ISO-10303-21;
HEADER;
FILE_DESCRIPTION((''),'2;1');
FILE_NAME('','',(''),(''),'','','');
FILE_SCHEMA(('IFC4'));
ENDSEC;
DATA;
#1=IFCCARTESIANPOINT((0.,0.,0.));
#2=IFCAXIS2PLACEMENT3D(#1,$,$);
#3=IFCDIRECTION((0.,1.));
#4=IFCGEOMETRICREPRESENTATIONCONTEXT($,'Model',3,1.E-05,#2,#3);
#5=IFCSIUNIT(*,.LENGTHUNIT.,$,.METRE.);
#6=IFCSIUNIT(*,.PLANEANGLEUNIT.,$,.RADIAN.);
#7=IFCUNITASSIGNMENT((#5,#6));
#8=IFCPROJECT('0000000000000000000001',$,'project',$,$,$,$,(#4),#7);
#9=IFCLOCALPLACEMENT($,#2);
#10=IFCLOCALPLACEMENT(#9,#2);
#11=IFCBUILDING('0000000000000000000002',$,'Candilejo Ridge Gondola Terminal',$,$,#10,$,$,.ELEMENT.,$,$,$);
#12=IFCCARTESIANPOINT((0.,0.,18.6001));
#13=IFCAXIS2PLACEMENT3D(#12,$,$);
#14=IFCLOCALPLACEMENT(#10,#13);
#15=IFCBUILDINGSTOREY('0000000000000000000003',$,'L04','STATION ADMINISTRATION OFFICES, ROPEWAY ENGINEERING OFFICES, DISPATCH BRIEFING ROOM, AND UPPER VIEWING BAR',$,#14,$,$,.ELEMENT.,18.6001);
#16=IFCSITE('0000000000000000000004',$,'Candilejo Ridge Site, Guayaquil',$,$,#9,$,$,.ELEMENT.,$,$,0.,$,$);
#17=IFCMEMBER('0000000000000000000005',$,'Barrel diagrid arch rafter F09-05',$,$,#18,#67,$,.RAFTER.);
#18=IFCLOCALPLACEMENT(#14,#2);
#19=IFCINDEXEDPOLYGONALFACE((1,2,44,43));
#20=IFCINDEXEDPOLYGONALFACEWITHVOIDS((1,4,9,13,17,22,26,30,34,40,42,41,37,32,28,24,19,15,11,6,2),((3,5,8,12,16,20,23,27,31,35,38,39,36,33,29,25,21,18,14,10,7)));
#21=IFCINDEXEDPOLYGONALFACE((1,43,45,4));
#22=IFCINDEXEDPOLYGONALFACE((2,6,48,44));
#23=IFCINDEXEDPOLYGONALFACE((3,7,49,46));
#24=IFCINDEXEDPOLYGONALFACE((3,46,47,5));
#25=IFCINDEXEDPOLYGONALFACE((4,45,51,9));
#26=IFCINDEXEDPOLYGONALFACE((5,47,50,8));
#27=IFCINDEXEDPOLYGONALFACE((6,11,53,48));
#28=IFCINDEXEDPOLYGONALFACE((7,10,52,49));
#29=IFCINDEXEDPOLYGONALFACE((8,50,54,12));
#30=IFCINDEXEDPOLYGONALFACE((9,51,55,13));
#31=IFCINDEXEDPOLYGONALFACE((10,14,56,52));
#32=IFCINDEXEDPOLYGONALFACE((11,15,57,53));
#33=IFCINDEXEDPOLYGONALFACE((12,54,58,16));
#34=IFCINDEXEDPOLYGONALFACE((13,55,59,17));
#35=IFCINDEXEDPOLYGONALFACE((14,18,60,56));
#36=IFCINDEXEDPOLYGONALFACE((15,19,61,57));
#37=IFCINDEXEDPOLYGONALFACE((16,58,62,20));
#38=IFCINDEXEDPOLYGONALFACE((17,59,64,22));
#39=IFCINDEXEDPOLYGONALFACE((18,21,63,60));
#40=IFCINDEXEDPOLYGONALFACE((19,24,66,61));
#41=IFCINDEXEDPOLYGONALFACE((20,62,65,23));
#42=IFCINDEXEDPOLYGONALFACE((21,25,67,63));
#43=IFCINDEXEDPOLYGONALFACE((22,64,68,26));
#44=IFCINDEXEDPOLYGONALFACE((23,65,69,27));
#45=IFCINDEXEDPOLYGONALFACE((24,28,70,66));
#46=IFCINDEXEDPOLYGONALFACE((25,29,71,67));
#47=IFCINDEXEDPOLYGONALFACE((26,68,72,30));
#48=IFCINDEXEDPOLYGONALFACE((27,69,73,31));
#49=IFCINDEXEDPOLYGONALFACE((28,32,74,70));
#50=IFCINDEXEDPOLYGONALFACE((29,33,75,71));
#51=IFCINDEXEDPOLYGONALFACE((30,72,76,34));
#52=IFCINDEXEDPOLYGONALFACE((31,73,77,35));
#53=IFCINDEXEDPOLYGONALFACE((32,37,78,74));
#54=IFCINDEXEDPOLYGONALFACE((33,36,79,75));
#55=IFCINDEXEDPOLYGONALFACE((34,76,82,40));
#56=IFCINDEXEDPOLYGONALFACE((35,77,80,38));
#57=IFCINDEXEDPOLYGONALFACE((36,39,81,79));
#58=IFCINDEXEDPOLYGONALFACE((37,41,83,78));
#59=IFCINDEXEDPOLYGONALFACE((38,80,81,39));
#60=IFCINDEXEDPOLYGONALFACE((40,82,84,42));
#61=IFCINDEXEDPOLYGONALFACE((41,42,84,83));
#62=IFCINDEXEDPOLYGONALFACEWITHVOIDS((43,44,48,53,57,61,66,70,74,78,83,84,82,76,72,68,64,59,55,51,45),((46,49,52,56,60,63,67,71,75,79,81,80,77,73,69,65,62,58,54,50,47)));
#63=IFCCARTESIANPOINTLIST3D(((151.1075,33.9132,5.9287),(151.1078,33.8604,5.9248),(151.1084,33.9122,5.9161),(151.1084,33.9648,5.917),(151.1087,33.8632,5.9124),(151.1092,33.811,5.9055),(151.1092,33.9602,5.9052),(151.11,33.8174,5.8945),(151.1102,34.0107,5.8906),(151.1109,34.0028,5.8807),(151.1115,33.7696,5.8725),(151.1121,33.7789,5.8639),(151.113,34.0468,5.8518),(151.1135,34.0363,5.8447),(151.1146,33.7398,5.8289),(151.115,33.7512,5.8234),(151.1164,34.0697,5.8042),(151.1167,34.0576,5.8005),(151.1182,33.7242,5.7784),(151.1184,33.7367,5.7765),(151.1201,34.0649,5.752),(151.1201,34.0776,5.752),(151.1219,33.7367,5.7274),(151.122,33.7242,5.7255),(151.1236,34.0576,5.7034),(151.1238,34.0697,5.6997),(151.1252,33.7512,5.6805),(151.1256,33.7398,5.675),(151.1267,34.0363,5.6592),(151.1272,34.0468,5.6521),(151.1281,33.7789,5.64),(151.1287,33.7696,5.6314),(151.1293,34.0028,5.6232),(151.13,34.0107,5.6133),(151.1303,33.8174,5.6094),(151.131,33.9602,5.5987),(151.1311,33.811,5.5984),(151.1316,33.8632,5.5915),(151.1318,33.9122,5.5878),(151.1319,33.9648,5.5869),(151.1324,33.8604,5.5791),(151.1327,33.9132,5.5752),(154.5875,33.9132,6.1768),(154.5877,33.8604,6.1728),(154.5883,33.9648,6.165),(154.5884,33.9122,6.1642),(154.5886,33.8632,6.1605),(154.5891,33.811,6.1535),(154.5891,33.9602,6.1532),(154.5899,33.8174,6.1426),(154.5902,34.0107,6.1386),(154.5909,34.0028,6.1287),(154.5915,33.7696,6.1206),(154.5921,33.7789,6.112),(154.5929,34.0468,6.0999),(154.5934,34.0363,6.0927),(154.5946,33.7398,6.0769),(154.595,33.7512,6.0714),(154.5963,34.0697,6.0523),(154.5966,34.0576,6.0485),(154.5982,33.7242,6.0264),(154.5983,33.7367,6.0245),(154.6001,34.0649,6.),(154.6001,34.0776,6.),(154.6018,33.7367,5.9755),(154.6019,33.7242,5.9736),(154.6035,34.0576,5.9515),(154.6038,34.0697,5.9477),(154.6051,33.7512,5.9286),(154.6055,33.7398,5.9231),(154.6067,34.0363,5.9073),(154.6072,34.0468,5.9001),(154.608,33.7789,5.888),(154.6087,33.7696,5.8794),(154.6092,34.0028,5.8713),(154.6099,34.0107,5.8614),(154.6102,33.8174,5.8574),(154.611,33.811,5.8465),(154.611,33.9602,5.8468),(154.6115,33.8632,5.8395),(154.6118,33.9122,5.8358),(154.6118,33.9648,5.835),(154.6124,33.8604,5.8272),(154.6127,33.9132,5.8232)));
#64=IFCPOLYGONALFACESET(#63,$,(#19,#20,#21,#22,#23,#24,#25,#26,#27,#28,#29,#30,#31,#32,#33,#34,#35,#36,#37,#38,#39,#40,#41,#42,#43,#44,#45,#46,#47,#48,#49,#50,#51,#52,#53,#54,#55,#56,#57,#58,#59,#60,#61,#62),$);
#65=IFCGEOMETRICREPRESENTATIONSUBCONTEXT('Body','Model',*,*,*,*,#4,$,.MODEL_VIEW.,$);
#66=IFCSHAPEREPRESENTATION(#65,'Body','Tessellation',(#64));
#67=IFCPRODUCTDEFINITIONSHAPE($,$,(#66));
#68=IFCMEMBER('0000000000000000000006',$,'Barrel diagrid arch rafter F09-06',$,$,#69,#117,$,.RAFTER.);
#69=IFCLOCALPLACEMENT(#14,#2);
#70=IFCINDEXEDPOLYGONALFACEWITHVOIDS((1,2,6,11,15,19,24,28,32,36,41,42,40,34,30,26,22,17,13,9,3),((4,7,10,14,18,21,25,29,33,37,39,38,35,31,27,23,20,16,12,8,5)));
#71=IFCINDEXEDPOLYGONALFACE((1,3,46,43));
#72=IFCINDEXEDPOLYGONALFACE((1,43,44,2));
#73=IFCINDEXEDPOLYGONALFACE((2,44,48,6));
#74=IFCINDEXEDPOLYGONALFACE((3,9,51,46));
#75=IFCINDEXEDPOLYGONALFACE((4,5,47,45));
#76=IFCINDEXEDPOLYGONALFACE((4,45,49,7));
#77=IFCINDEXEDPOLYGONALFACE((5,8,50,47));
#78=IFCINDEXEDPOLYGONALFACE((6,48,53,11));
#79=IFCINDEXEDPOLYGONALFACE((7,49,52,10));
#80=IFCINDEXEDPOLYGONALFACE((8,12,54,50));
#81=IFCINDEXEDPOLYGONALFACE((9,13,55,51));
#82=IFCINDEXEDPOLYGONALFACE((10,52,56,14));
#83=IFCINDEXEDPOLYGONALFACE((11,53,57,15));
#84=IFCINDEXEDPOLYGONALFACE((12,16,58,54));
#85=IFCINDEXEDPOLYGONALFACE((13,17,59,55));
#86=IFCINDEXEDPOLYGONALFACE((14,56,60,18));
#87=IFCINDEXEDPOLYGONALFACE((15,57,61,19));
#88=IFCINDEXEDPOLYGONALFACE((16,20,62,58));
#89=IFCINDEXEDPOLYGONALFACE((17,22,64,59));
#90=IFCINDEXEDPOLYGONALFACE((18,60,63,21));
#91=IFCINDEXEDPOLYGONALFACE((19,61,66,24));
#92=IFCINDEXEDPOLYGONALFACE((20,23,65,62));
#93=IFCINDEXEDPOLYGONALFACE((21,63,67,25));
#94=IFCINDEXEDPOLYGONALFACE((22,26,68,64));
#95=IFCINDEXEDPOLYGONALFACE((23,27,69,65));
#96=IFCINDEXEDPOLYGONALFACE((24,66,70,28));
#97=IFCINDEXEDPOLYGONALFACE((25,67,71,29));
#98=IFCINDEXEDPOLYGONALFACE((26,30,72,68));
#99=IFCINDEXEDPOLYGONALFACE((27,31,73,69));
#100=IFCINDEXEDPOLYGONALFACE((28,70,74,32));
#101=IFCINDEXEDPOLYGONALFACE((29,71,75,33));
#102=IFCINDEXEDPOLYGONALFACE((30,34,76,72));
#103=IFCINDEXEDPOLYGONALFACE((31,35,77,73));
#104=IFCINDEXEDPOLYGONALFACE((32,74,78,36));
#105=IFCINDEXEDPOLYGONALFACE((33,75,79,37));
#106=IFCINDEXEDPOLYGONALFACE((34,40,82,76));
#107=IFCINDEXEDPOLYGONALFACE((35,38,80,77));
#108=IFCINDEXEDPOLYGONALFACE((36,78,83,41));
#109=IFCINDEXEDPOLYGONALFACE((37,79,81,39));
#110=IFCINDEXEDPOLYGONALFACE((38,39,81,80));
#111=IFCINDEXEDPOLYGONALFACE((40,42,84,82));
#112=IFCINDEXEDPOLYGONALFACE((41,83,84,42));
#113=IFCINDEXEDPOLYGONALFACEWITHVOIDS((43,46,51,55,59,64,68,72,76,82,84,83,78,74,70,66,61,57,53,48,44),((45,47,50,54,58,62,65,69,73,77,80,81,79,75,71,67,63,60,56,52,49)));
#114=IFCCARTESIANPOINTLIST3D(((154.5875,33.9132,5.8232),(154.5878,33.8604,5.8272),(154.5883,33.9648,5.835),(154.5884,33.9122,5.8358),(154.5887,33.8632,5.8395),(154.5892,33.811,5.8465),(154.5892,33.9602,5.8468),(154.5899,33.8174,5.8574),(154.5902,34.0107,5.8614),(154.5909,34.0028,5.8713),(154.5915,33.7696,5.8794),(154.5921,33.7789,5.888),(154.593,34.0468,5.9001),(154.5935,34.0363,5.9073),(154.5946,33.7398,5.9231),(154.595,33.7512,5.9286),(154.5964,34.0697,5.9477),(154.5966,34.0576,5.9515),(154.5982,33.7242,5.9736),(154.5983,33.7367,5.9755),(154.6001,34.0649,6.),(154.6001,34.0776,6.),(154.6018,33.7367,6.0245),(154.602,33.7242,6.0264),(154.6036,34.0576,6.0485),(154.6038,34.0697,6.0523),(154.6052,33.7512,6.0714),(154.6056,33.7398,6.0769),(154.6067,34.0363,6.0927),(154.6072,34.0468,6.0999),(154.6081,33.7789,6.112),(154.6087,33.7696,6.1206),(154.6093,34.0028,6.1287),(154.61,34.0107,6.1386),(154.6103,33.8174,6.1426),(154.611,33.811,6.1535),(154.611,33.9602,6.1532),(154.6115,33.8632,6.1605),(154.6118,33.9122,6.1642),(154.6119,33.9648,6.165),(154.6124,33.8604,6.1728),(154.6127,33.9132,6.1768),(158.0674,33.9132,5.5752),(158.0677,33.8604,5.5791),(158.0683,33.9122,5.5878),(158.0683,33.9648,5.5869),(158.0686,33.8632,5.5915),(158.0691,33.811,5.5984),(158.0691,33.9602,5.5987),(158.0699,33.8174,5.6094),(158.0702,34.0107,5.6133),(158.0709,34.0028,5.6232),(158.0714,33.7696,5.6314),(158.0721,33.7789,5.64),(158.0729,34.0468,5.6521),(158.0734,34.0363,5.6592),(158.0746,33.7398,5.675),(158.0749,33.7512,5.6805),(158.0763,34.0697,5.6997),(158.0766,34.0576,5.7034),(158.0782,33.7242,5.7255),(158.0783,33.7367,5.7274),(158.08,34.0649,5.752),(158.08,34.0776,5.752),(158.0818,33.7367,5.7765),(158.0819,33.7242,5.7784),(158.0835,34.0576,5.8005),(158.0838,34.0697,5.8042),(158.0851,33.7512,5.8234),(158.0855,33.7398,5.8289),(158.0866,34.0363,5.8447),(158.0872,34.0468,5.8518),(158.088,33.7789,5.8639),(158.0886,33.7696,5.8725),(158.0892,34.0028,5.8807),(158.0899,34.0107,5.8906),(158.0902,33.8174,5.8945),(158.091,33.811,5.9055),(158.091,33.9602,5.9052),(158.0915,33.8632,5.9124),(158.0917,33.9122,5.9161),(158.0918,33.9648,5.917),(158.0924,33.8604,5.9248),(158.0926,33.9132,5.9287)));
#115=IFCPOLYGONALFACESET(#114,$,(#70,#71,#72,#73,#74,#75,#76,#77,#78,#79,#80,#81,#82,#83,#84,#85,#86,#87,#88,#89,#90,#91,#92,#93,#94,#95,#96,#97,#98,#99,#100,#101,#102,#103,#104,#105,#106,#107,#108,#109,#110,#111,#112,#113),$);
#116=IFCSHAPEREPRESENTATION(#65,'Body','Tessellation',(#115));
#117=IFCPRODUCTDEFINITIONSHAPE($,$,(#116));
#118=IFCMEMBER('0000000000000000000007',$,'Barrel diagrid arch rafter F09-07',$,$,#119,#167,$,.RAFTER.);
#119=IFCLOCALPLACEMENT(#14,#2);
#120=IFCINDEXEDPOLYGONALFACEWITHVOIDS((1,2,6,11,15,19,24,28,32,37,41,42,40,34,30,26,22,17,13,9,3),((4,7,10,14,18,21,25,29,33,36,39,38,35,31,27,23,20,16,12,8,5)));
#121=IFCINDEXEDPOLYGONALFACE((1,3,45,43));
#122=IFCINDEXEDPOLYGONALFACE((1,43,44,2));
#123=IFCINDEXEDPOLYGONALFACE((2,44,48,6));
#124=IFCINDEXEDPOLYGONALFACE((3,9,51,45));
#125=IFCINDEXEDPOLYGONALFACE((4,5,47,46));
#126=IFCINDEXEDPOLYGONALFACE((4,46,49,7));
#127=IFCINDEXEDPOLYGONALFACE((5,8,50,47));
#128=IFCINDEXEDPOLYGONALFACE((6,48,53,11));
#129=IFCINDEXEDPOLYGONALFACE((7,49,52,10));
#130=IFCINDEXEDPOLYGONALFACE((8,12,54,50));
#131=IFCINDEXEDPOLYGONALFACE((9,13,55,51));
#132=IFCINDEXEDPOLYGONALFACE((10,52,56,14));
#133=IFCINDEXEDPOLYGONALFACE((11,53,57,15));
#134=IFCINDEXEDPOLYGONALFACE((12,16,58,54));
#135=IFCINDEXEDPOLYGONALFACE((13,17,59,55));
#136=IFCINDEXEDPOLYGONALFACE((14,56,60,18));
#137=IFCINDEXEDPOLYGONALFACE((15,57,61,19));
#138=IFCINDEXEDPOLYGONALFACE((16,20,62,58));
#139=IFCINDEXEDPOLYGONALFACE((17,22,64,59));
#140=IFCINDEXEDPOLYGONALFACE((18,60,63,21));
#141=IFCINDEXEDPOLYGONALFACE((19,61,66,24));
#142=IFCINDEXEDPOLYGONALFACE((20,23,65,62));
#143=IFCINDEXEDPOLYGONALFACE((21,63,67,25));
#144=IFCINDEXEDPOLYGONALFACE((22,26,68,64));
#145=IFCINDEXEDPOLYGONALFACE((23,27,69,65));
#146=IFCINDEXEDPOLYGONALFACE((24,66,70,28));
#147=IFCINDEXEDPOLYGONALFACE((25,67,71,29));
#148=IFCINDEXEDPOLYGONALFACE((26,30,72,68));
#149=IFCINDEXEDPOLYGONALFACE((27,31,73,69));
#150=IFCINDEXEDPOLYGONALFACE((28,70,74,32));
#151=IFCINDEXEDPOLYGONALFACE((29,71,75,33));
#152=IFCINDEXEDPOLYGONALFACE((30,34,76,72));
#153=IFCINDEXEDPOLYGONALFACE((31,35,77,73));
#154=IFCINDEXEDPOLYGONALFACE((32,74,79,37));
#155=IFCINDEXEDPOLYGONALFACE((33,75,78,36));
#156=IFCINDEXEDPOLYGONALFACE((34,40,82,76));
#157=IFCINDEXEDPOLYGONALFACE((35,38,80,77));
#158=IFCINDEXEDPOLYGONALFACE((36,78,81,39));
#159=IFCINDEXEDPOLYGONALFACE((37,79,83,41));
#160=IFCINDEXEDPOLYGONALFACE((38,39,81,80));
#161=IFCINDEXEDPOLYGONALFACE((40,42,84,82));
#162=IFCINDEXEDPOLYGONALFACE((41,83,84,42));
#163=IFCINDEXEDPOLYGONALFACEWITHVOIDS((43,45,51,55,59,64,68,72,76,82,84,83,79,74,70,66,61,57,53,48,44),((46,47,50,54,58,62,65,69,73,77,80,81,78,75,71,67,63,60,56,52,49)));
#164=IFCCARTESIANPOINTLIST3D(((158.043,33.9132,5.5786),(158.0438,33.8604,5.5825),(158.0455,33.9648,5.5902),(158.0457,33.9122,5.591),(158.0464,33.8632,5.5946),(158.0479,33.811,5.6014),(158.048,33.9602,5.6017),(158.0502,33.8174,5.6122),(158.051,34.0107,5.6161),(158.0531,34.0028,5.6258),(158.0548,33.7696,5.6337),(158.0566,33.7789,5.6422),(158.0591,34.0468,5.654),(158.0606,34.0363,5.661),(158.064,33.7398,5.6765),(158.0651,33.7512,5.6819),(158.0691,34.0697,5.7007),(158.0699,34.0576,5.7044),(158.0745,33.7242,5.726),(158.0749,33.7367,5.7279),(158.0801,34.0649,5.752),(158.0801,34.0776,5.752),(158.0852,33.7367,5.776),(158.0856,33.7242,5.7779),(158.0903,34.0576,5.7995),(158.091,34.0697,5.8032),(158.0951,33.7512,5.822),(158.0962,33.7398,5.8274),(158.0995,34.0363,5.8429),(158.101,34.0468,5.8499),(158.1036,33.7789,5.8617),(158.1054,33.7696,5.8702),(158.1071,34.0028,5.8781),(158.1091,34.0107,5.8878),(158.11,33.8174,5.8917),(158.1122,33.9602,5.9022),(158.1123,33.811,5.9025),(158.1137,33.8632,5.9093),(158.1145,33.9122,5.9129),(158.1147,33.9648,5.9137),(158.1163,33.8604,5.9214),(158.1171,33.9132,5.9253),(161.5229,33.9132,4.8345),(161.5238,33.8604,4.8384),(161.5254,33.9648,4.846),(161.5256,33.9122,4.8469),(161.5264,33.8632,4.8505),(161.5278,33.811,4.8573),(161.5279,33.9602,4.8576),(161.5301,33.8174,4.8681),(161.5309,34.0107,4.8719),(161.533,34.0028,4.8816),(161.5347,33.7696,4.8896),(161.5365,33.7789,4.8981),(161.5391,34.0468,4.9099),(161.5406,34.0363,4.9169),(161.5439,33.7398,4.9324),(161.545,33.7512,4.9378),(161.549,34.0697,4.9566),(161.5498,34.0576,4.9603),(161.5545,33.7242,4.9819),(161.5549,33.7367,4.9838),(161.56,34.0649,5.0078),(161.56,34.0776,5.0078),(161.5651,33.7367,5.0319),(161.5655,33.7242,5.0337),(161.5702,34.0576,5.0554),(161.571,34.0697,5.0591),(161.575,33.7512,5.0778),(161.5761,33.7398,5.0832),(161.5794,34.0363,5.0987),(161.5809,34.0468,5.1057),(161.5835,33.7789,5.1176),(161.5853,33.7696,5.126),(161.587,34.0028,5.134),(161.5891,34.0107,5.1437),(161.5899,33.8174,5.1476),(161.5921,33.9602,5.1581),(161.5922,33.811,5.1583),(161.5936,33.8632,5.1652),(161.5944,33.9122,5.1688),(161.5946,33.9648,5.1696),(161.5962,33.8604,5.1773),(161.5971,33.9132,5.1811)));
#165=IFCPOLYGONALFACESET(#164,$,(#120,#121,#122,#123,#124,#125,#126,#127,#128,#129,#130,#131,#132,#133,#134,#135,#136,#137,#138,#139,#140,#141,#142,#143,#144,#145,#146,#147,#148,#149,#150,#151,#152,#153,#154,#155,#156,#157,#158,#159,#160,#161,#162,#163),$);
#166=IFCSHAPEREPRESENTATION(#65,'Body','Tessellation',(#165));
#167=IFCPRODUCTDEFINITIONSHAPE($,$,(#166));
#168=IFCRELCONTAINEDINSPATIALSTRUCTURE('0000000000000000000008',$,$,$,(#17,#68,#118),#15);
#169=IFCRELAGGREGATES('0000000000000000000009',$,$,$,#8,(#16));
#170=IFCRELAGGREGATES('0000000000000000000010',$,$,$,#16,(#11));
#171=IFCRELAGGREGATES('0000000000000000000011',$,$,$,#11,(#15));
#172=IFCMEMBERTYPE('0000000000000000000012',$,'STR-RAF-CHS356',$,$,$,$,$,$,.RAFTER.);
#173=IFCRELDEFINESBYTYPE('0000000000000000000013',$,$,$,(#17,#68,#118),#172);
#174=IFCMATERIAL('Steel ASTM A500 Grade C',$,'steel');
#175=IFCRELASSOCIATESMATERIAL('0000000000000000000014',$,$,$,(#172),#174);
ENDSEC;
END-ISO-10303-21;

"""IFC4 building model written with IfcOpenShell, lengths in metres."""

from ifc_helpers import new_model, si_unit, direction, frame, origin, origin_2d, place, context, subcontext, project, spatial, hollow_circle, extrude, material, material_profile, profile_set, type_object, element, save


model = new_model("IFC4")

# Units and contexts
model_context = context("Model", 3, precision=1e-05, world=origin(), true_north=direction((0.0, 1.0)))
body_context = subcontext(model_context, "Body", "Model", "MODEL_VIEW")
ifc_project = project(units=[si_unit("LENGTHUNIT", "METRE"), si_unit("PLANEANGLEUNIT", "RADIAN")], contexts=[model_context])

# Site, building, storey
site_placement = place(None, origin())
site = spatial("IfcSite", under=ifc_project, at=site_placement, Name="Candilejo Ridge Site, Guayaquil", CompositionType="ELEMENT", RefElevation=0.0)
building_placement = place(site_placement, origin())
building = spatial("IfcBuilding", under=site, at=building_placement, Name="Candilejo Ridge Gondola Terminal", CompositionType="ELEMENT")
storey_placement = place(building_placement, frame((0.0, 0.0, 18.6001)))
storey = spatial("IfcBuildingStorey", under=building, at=storey_placement, Name="L04", Description="STATION ADMINISTRATION OFFICES, ROPEWAY ENGINEERING OFFICES, DISPATCH BRIEFING ROOM, AND UPPER VIEWING BAR", CompositionType="ELEMENT", Elevation=18.6001)

# Members
ifc_material_1 = material(Name="Steel ASTM A500 Grade C", Category="steel")
ifc_material_profile_1 = material_profile(ifc_material_1, hollow_circle(Radius=0.1777, WallThickness=0.0127, at=origin_2d()))
ifc_profile_set_1 = profile_set([ifc_material_profile_1], Name="Steel ASTM A500 Grade C")
member_type_1 = type_object("IfcMemberType", Name="STR-RAF-CHS356", PredefinedType="RAFTER", material=ifc_profile_set_1)
for number, where, z_axis, x_axis, name in (
    (1, (151.1201, 33.8999, 5.752), (0.997469, 0.0, 0.071098), (0.0, 1.0, 0.0), "Barrel diagrid arch rafter F09-05"),
    (2, (154.6001, 33.8999, 6.0), (0.997469, 0.0, -0.071098), (0.0, 1.0, 0.0), "Barrel diagrid arch rafter F09-06"),
):
    element("IfcMember", number, at=place(storey_placement, frame(where, z_axis=z_axis, x_axis=x_axis)), inside=storey, type_object=member_type_1, Name=name, PredefinedType="RAFTER", context=body_context, shape_type="SweptSolid", body=[
        extrude(hollow_circle(Radius=0.1777, WallThickness=0.0127, at=origin_2d()), origin(), (0.0, 0.0, 1.0), 3.4888),
    ])
member_1_placement = place(storey_placement, frame((158.0801, 33.8999, 5.752), z_axis=(0.977893, 0.0, -0.209107), x_axis=(0.0, 1.0, 0.0)))
element("IfcMember", 3, at=member_1_placement, inside=storey, type_object=member_type_1, Name="Barrel diagrid arch rafter F09-07", PredefinedType="RAFTER", context=body_context, shape_type="SweptSolid", body=[
    extrude(hollow_circle(Radius=0.1777, WallThickness=0.0127, at=origin_2d()), origin(), (0.0, 0.0, 1.0), 3.5586),
])

save(model, "model.ifc")
